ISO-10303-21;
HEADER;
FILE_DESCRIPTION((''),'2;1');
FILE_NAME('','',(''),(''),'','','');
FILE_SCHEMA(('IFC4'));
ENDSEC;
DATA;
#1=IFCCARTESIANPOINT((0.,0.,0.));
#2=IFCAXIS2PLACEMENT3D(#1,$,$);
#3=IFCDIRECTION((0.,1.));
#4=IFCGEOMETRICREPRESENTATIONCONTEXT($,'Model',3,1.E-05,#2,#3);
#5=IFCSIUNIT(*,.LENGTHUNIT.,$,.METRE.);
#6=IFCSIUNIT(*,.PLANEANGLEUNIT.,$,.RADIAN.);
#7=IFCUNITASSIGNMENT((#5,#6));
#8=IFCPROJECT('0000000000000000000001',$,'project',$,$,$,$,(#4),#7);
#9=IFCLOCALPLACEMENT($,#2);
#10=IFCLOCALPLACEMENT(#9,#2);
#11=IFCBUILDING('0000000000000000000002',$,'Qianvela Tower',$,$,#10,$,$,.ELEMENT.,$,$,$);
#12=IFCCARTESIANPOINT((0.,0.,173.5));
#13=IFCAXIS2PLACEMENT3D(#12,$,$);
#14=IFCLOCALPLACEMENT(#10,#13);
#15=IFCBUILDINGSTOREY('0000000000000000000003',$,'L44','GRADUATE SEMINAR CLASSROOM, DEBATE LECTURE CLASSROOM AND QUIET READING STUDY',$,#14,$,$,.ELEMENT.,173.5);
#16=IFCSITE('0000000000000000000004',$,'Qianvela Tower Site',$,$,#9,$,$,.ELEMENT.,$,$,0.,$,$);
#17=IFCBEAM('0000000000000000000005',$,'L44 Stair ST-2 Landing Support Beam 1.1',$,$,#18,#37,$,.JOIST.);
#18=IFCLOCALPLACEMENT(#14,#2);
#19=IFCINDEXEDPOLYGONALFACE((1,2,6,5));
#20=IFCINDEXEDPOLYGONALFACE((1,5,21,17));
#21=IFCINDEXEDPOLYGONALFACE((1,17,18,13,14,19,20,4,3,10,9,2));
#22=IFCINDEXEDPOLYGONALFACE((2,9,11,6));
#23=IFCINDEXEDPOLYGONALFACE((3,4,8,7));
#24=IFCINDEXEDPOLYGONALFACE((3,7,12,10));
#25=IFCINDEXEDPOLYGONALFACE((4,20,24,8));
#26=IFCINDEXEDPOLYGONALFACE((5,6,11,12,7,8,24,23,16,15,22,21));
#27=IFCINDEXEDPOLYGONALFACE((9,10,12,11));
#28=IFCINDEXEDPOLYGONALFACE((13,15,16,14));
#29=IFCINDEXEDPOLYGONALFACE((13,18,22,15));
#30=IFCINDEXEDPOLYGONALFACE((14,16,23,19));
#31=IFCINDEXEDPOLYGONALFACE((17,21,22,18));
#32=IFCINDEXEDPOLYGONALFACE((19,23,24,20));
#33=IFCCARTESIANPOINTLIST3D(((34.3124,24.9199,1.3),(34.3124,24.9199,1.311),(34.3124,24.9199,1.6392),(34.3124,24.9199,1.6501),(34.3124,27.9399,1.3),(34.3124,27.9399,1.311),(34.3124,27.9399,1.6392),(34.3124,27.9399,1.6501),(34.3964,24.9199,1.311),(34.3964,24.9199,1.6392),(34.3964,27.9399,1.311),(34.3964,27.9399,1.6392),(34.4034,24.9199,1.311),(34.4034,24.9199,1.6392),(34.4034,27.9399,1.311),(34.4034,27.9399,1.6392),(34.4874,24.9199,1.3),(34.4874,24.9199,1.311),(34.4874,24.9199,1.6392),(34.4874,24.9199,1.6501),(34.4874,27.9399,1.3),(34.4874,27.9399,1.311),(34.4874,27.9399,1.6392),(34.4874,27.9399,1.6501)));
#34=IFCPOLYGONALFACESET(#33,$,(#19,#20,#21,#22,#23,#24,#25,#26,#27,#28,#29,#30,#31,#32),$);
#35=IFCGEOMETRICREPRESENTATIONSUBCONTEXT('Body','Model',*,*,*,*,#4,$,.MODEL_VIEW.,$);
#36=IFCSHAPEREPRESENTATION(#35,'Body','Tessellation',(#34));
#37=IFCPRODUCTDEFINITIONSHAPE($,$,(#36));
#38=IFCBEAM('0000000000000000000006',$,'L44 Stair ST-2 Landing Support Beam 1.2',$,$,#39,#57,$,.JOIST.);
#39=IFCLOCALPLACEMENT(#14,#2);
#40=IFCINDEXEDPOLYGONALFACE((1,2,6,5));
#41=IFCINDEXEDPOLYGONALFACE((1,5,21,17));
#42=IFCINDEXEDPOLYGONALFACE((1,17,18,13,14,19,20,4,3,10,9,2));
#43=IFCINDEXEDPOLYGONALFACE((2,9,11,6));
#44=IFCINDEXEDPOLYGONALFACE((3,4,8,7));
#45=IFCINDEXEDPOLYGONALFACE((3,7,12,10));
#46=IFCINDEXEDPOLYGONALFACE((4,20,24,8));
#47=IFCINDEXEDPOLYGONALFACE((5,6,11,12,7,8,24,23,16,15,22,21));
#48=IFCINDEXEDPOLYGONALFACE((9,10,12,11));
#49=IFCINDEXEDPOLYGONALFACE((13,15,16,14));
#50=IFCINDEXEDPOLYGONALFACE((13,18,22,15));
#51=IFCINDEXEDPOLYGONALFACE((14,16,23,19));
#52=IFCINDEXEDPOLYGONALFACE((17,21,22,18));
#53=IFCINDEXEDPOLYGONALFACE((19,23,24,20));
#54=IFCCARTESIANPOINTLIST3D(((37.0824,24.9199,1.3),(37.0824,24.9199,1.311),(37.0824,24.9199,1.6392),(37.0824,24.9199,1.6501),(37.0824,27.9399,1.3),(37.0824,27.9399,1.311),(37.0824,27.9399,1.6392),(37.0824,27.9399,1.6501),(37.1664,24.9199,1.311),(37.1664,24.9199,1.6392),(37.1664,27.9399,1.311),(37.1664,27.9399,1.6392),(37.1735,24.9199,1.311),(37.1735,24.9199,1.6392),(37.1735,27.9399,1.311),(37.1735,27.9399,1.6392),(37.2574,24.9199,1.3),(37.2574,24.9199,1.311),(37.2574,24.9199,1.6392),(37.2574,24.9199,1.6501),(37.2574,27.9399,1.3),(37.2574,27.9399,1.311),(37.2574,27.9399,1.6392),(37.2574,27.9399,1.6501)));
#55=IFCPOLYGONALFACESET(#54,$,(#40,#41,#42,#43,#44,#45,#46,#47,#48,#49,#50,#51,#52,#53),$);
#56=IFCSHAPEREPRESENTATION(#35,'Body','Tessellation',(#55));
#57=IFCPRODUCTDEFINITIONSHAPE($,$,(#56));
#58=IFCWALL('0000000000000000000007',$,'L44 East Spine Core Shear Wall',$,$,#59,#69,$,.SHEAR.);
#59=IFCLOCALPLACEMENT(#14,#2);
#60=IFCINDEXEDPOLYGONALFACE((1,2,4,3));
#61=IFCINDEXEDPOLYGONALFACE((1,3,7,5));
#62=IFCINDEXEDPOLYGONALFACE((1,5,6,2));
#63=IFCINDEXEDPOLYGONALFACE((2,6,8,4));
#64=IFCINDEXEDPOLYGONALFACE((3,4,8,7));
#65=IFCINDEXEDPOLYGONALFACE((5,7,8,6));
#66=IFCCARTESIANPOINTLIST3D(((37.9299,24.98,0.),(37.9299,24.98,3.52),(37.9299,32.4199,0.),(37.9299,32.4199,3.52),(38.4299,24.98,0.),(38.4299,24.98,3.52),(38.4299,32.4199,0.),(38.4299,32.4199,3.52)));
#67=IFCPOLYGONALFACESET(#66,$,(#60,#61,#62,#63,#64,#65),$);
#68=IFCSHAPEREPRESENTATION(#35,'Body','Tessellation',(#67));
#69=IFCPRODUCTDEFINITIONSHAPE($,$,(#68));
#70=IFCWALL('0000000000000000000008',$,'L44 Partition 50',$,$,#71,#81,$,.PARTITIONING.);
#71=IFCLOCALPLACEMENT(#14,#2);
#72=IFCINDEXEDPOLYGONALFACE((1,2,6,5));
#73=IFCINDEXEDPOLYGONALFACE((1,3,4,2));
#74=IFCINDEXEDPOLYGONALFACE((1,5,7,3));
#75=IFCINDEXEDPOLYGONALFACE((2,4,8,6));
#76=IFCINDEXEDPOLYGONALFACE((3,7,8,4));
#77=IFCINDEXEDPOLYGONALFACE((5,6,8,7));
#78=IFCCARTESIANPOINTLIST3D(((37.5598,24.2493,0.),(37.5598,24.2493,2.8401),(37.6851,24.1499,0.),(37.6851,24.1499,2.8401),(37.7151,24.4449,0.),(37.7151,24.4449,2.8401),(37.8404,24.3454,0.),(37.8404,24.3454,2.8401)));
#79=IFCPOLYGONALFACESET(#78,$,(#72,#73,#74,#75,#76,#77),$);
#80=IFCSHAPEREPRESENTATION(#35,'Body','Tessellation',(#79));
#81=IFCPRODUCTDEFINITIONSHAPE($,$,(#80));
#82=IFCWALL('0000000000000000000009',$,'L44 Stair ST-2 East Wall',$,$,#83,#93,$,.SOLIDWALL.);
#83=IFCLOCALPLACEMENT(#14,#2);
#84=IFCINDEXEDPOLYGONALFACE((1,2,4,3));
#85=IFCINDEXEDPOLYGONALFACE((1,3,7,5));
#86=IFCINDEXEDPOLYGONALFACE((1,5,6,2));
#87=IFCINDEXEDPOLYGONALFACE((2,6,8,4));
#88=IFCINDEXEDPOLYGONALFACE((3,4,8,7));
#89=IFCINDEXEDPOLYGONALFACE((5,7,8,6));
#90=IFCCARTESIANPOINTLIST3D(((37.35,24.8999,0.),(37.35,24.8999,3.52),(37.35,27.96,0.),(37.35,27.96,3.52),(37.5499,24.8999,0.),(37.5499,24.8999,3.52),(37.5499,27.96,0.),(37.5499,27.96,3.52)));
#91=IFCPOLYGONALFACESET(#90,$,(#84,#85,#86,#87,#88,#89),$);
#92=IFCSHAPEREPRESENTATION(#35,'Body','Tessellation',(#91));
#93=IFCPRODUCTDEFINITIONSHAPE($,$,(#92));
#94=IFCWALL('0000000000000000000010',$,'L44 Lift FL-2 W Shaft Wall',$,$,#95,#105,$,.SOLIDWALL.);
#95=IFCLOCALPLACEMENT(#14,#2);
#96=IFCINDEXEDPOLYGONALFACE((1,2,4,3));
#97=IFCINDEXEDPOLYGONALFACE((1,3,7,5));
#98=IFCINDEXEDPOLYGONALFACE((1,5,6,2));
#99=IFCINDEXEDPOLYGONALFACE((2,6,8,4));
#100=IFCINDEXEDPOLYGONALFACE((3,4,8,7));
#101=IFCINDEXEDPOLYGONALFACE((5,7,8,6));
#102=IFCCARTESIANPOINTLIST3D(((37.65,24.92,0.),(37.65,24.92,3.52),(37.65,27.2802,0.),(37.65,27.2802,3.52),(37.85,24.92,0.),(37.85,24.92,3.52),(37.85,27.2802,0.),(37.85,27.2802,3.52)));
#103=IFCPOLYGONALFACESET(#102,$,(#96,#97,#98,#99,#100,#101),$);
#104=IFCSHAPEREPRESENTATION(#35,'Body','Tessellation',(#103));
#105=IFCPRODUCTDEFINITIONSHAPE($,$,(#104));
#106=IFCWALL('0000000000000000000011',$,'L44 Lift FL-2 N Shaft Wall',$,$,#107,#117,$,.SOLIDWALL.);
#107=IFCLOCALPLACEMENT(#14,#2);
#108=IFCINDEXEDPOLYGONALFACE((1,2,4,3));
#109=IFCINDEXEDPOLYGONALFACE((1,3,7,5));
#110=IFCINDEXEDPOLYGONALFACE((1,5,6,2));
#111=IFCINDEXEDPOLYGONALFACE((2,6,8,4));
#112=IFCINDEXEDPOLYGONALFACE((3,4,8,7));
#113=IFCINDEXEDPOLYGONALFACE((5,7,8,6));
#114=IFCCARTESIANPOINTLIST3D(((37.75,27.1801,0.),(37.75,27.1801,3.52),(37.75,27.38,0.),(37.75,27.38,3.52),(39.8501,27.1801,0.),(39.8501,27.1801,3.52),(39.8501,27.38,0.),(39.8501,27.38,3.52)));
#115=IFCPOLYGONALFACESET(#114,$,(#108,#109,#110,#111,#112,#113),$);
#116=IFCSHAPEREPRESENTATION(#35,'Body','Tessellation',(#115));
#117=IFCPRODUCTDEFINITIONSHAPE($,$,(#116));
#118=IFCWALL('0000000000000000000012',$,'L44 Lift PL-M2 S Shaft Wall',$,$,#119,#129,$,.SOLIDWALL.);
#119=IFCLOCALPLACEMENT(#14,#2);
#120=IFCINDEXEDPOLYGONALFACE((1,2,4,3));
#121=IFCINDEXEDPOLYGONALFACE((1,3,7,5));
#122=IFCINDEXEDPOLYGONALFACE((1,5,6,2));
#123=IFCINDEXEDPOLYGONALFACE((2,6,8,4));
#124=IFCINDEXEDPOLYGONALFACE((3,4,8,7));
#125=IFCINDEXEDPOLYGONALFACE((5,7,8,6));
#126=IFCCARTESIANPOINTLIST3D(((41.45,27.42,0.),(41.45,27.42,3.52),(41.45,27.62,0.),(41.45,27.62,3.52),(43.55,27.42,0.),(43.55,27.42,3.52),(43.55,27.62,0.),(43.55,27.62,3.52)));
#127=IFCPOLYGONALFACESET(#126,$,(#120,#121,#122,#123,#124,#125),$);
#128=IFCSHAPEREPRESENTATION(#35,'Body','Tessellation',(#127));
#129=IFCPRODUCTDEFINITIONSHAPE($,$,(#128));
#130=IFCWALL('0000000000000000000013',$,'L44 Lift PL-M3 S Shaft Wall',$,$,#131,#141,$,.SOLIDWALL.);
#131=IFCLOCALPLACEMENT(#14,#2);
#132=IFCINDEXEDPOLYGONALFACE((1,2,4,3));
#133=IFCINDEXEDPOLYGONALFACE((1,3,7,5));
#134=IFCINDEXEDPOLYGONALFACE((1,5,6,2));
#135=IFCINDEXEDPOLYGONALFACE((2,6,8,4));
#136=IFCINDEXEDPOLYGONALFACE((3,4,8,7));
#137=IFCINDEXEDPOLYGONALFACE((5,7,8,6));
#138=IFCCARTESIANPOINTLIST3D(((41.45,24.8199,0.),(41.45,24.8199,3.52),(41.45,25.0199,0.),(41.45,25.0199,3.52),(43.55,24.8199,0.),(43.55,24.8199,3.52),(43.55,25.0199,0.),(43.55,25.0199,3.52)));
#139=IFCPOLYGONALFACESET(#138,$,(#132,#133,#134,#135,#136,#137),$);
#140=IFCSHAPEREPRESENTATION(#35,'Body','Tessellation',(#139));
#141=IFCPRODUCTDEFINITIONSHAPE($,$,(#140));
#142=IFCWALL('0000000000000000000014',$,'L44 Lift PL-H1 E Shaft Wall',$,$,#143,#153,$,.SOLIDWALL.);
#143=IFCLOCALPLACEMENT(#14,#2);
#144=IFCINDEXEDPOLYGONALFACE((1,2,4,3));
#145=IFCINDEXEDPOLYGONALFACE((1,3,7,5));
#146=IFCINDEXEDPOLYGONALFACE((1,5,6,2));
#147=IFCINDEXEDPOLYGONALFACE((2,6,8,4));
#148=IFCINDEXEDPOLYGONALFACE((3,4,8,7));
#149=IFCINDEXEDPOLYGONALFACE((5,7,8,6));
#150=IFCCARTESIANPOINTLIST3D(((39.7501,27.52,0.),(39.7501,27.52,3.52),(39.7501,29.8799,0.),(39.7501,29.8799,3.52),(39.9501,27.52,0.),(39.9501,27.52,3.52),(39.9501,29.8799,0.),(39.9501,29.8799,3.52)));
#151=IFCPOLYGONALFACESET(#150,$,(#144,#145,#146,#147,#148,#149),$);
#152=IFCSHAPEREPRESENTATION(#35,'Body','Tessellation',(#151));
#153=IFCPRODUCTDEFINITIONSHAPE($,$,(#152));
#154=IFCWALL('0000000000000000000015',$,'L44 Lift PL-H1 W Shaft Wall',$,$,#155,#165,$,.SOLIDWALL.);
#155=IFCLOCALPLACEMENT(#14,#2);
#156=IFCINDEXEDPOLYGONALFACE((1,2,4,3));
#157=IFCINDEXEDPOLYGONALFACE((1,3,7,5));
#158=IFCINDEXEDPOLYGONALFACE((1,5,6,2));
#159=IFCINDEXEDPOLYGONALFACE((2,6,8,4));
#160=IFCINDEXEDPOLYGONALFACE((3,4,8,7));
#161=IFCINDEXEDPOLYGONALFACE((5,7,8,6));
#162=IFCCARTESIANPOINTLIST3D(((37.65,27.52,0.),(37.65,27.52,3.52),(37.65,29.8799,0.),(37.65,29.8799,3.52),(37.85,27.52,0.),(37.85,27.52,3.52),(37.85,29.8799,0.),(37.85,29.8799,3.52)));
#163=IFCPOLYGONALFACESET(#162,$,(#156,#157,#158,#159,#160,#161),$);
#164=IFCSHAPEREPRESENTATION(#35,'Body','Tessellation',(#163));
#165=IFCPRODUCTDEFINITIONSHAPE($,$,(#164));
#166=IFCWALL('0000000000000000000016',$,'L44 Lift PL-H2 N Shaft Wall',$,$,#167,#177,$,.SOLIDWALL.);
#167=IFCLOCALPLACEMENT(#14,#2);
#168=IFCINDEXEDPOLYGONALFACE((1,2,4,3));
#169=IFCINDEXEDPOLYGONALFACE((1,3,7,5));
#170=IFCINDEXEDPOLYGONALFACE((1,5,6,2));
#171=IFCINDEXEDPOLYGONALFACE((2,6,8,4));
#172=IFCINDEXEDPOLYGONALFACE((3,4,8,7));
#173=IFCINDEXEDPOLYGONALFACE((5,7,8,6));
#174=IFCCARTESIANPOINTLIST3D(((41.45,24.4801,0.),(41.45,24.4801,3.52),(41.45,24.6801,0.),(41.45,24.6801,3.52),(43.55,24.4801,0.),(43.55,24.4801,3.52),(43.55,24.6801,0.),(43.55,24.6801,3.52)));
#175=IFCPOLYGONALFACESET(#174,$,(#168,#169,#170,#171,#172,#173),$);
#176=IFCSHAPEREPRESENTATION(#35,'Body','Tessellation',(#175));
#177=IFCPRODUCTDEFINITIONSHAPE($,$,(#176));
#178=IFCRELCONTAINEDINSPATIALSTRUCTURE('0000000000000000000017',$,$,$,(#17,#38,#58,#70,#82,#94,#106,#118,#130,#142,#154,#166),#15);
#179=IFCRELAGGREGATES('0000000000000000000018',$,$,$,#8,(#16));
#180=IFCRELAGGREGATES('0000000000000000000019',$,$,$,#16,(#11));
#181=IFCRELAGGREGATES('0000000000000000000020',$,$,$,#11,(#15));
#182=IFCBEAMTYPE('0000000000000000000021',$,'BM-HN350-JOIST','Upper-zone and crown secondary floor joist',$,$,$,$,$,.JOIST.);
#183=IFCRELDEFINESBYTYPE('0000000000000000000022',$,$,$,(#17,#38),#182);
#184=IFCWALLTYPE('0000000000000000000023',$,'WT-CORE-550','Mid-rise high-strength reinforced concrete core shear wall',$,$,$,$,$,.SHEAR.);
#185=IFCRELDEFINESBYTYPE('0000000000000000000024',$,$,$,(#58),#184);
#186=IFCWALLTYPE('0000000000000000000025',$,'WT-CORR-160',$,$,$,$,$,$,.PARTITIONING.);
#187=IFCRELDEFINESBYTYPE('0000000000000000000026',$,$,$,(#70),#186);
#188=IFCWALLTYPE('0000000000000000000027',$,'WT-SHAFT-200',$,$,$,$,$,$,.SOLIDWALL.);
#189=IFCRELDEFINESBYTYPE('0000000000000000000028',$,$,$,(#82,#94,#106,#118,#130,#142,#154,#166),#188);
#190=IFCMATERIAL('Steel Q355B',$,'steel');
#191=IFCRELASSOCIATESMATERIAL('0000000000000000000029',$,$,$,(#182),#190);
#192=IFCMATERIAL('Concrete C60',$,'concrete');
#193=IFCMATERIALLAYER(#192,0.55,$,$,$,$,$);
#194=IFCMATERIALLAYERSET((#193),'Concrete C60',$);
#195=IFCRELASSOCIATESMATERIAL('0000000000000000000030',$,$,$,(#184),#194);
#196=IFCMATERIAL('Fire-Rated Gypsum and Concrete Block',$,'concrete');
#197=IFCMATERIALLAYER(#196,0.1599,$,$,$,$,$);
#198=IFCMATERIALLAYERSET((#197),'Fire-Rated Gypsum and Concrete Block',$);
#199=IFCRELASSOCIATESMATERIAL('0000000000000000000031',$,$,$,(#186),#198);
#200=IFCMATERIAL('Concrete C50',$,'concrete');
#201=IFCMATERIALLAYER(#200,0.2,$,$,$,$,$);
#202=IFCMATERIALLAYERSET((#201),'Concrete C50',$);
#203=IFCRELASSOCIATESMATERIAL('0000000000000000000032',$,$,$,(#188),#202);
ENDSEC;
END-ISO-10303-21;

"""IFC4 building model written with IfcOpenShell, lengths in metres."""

from ifc_helpers import new_model, si_unit, direction, frame, frame_2d, origin, origin_2d, place, context, subcontext, project, spatial, rectangle, i_section, extrude, material, layer, layer_set, material_profile, profile_set, type_object, element, save


model = new_model("IFC4")

# Units and contexts
model_context = context("Model", 3, precision=1e-05, world=origin(), true_north=direction((0.0, 1.0)))
body_context = subcontext(model_context, "Body", "Model", "MODEL_VIEW")
ifc_project = project(units=[si_unit("LENGTHUNIT", "METRE"), si_unit("PLANEANGLEUNIT", "RADIAN")], contexts=[model_context])

# Site, building, storey
site_placement = place(None, origin())
site = spatial("IfcSite", under=ifc_project, at=site_placement, Name="Qianvela Tower Site", CompositionType="ELEMENT", RefElevation=0.0)
building_placement = place(site_placement, origin())
building = spatial("IfcBuilding", under=site, at=building_placement, Name="Qianvela Tower", CompositionType="ELEMENT")
storey_placement = place(building_placement, frame((0.0, 0.0, 173.5)))
storey = spatial("IfcBuildingStorey", under=building, at=storey_placement, Name="L44", Description="GRADUATE SEMINAR CLASSROOM, DEBATE LECTURE CLASSROOM AND QUIET READING STUDY", CompositionType="ELEMENT", Elevation=173.5)

# Beams
ifc_material_1 = material(Name="Steel Q355B", Category="steel")
ifc_material_profile = material_profile(ifc_material_1, i_section(OverallWidth=0.175, OverallDepth=0.3501, WebThickness=0.0071, FlangeThickness=0.011, at=origin_2d()), Name="HN350x175x7x11")
ifc_profile_set = profile_set([ifc_material_profile], Name="Steel Q355B")
beam_type = type_object("IfcBeamType", Name="BM-HN350-JOIST", Description="Upper-zone and crown secondary floor joist", PredefinedType="JOIST", material=ifc_profile_set)
for number, where, z_axis, x_axis, name in (
    (1, (34.3999, 24.9199, 1.4751), (0.0, 1.0, 0.0), (-1.0, 0.0, 0.0), "L44 Stair ST-2 Landing Support Beam 1.1"),
    (2, (37.1699, 24.9199, 1.4751), (0.0, 1.0, 0.0), (-1.0, 0.0, 0.0), "L44 Stair ST-2 Landing Support Beam 1.2"),
):
    element("IfcBeam", number, at=place(storey_placement, frame(where, z_axis=z_axis, x_axis=x_axis)), inside=storey, type_object=beam_type, Name=name, PredefinedType="JOIST", context=body_context, shape_type="SweptSolid", body=[
        extrude(i_section(OverallWidth=0.175, OverallDepth=0.3501, WebThickness=0.0071, FlangeThickness=0.011, at=origin_2d()), origin(), (0.0, 0.0, 1.0), 3.02),
    ])

# Walls
ifc_material_2 = material(Name="Concrete C60", Category="concrete")
ifc_layer_1 = layer(ifc_material_2, 0.55)
ifc_layer_set_1 = layer_set([ifc_layer_1], Name="Concrete C60")
wall_type_1 = type_object("IfcWallType", Name="WT-CORE-550", Description="Mid-rise high-strength reinforced concrete core shear wall", PredefinedType="SHEAR", material=ifc_layer_set_1)
wall_1_placement = place(storey_placement, frame((38.1799, 24.98, 0.0), z_axis=(0.0, 0.0, 1.0), x_axis=(0.0, 1.0, 0.0)))
element("IfcWall", 3, at=wall_1_placement, inside=storey, type_object=wall_type_1, Name="L44 East Spine Core Shear Wall", PredefinedType="SHEAR", context=body_context, shape_type="SweptSolid", body=[
    extrude(rectangle(XDim=7.4399, YDim=0.5, at=frame_2d((3.72, 0.0))), origin(), (0.0, 0.0, 1.0), 3.52),
])
ifc_material_3 = material(Name="Fire-Rated Gypsum and Concrete Block", Category="concrete")
ifc_layer_2 = layer(ifc_material_3, 0.1599)
ifc_layer_set_2 = layer_set([ifc_layer_2], Name="Fire-Rated Gypsum and Concrete Block")
wall_type_2 = type_object("IfcWallType", Name="WT-CORR-160", PredefinedType="PARTITIONING", material=ifc_layer_set_2)
wall_2_placement = place(storey_placement, frame((37.7778, 24.3953, 0.0), z_axis=(0.0, 0.0, 1.0), x_axis=(-0.621829, -0.783153, 0.0)))
element("IfcWall", 4, at=wall_2_placement, inside=storey, type_object=wall_type_2, Name="L44 Partition 50", PredefinedType="PARTITIONING", context=body_context, shape_type="SweptSolid", body=[
    extrude(rectangle(XDim=0.2498, YDim=0.1599, at=frame_2d((0.125, 0.0))), origin(), (0.0, 0.0, 1.0), 2.8401),
])
ifc_material_4 = material(Name="Concrete C50", Category="concrete")
ifc_layer_3 = layer(ifc_material_4, 0.2)
ifc_layer_set_3 = layer_set([ifc_layer_3], Name="Concrete C50")
wall_type_3 = type_object("IfcWallType", Name="WT-SHAFT-200", PredefinedType="SOLIDWALL", material=ifc_layer_set_3)
wall_3_placement = place(storey_placement, frame((37.45, 24.8999, 0.0), z_axis=(0.0, 0.0, 1.0), x_axis=(0.0, 1.0, 0.0)))
element("IfcWall", 5, at=wall_3_placement, inside=storey, type_object=wall_type_3, Name="L44 Stair ST-2 East Wall", PredefinedType="SOLIDWALL", context=body_context, shape_type="SweptSolid", body=[
    extrude(rectangle(XDim=3.0601, YDim=0.2, at=frame_2d((1.53, 0.0))), origin(), (0.0, 0.0, 1.0), 3.52),
])

# Walls
wall_4_placement = place(storey_placement, frame((37.75, 24.9199, 0.0), z_axis=(0.0, 0.0, 1.0), x_axis=(0.0, 1.0, 0.0)))
element("IfcWall", 6, at=wall_4_placement, inside=storey, type_object=wall_type_3, Name="L44 Lift FL-2 W Shaft Wall", PredefinedType="SOLIDWALL", context=body_context, shape_type="SweptSolid", body=[
    extrude(rectangle(XDim=2.3601, YDim=0.2, at=frame_2d((1.1802, 0.0))), origin(), (0.0, 0.0, 1.0), 3.52),
])
wall_5_placement = place(storey_placement, frame((37.75, 27.28, 0.0), z_axis=(0.0, 0.0, 1.0), x_axis=(1.0, 0.0, 0.0)))
element("IfcWall", 7, at=wall_5_placement, inside=storey, type_object=wall_type_3, Name="L44 Lift FL-2 N Shaft Wall", PredefinedType="SOLIDWALL", context=body_context, shape_type="SweptSolid", body=[
    extrude(rectangle(XDim=2.1001, YDim=0.2, at=frame_2d((1.05, 0.0))), origin(), (0.0, 0.0, 1.0), 3.52),
])

# Wall
wall_6_placement = place(storey_placement, frame((41.45, 27.52, 0.0), z_axis=(0.0, 0.0, 1.0), x_axis=(1.0, 0.0, 0.0)))
element("IfcWall", 8, at=wall_6_placement, inside=storey, type_object=wall_type_3, Name="L44 Lift PL-M2 S Shaft Wall", PredefinedType="SOLIDWALL", context=body_context, shape_type="SweptSolid", body=[
    extrude(rectangle(XDim=2.1001, YDim=0.2, at=frame_2d((1.05, 0.0))), origin(), (0.0, 0.0, 1.0), 3.52),
])

# Walls
wall_7_placement = place(storey_placement, frame((41.45, 24.9199, 0.0), z_axis=(0.0, 0.0, 1.0), x_axis=(1.0, 0.0, 0.0)))
element("IfcWall", 9, at=wall_7_placement, inside=storey, type_object=wall_type_3, Name="L44 Lift PL-M3 S Shaft Wall", PredefinedType="SOLIDWALL", context=body_context, shape_type="SweptSolid", body=[
    extrude(rectangle(XDim=2.1001, YDim=0.2, at=frame_2d((1.05, 0.0))), origin(), (0.0, 0.0, 1.0), 3.52),
])
for number, where, z_axis, x_axis, name in (
    (10, (39.8501, 27.52, 0.0), (0.0, 0.0, 1.0), (0.0, 1.0, 0.0), "L44 Lift PL-H1 E Shaft Wall"),
    (11, (37.75, 27.52, 0.0), (0.0, 0.0, 1.0), (0.0, 1.0, 0.0), "L44 Lift PL-H1 W Shaft Wall"),
):
    element("IfcWall", number, at=place(storey_placement, frame(where, z_axis=z_axis, x_axis=x_axis)), inside=storey, type_object=wall_type_3, Name=name, PredefinedType="SOLIDWALL", context=body_context, shape_type="SweptSolid", body=[
        extrude(rectangle(XDim=2.3599, YDim=0.2, at=frame_2d((1.1799, 0.0))), origin(), (0.0, 0.0, 1.0), 3.52),
    ])
wall_8_placement = place(storey_placement, frame((41.45, 24.5801, 0.0), z_axis=(0.0, 0.0, 1.0), x_axis=(1.0, 0.0, 0.0)))
element("IfcWall", 12, at=wall_8_placement, inside=storey, type_object=wall_type_3, Name="L44 Lift PL-H2 N Shaft Wall", PredefinedType="SOLIDWALL", context=body_context, shape_type="SweptSolid", body=[
    extrude(rectangle(XDim=2.1001, YDim=0.2, at=frame_2d((1.05, 0.0))), origin(), (0.0, 0.0, 1.0), 3.52),
])

save(model, "model.ifc")
